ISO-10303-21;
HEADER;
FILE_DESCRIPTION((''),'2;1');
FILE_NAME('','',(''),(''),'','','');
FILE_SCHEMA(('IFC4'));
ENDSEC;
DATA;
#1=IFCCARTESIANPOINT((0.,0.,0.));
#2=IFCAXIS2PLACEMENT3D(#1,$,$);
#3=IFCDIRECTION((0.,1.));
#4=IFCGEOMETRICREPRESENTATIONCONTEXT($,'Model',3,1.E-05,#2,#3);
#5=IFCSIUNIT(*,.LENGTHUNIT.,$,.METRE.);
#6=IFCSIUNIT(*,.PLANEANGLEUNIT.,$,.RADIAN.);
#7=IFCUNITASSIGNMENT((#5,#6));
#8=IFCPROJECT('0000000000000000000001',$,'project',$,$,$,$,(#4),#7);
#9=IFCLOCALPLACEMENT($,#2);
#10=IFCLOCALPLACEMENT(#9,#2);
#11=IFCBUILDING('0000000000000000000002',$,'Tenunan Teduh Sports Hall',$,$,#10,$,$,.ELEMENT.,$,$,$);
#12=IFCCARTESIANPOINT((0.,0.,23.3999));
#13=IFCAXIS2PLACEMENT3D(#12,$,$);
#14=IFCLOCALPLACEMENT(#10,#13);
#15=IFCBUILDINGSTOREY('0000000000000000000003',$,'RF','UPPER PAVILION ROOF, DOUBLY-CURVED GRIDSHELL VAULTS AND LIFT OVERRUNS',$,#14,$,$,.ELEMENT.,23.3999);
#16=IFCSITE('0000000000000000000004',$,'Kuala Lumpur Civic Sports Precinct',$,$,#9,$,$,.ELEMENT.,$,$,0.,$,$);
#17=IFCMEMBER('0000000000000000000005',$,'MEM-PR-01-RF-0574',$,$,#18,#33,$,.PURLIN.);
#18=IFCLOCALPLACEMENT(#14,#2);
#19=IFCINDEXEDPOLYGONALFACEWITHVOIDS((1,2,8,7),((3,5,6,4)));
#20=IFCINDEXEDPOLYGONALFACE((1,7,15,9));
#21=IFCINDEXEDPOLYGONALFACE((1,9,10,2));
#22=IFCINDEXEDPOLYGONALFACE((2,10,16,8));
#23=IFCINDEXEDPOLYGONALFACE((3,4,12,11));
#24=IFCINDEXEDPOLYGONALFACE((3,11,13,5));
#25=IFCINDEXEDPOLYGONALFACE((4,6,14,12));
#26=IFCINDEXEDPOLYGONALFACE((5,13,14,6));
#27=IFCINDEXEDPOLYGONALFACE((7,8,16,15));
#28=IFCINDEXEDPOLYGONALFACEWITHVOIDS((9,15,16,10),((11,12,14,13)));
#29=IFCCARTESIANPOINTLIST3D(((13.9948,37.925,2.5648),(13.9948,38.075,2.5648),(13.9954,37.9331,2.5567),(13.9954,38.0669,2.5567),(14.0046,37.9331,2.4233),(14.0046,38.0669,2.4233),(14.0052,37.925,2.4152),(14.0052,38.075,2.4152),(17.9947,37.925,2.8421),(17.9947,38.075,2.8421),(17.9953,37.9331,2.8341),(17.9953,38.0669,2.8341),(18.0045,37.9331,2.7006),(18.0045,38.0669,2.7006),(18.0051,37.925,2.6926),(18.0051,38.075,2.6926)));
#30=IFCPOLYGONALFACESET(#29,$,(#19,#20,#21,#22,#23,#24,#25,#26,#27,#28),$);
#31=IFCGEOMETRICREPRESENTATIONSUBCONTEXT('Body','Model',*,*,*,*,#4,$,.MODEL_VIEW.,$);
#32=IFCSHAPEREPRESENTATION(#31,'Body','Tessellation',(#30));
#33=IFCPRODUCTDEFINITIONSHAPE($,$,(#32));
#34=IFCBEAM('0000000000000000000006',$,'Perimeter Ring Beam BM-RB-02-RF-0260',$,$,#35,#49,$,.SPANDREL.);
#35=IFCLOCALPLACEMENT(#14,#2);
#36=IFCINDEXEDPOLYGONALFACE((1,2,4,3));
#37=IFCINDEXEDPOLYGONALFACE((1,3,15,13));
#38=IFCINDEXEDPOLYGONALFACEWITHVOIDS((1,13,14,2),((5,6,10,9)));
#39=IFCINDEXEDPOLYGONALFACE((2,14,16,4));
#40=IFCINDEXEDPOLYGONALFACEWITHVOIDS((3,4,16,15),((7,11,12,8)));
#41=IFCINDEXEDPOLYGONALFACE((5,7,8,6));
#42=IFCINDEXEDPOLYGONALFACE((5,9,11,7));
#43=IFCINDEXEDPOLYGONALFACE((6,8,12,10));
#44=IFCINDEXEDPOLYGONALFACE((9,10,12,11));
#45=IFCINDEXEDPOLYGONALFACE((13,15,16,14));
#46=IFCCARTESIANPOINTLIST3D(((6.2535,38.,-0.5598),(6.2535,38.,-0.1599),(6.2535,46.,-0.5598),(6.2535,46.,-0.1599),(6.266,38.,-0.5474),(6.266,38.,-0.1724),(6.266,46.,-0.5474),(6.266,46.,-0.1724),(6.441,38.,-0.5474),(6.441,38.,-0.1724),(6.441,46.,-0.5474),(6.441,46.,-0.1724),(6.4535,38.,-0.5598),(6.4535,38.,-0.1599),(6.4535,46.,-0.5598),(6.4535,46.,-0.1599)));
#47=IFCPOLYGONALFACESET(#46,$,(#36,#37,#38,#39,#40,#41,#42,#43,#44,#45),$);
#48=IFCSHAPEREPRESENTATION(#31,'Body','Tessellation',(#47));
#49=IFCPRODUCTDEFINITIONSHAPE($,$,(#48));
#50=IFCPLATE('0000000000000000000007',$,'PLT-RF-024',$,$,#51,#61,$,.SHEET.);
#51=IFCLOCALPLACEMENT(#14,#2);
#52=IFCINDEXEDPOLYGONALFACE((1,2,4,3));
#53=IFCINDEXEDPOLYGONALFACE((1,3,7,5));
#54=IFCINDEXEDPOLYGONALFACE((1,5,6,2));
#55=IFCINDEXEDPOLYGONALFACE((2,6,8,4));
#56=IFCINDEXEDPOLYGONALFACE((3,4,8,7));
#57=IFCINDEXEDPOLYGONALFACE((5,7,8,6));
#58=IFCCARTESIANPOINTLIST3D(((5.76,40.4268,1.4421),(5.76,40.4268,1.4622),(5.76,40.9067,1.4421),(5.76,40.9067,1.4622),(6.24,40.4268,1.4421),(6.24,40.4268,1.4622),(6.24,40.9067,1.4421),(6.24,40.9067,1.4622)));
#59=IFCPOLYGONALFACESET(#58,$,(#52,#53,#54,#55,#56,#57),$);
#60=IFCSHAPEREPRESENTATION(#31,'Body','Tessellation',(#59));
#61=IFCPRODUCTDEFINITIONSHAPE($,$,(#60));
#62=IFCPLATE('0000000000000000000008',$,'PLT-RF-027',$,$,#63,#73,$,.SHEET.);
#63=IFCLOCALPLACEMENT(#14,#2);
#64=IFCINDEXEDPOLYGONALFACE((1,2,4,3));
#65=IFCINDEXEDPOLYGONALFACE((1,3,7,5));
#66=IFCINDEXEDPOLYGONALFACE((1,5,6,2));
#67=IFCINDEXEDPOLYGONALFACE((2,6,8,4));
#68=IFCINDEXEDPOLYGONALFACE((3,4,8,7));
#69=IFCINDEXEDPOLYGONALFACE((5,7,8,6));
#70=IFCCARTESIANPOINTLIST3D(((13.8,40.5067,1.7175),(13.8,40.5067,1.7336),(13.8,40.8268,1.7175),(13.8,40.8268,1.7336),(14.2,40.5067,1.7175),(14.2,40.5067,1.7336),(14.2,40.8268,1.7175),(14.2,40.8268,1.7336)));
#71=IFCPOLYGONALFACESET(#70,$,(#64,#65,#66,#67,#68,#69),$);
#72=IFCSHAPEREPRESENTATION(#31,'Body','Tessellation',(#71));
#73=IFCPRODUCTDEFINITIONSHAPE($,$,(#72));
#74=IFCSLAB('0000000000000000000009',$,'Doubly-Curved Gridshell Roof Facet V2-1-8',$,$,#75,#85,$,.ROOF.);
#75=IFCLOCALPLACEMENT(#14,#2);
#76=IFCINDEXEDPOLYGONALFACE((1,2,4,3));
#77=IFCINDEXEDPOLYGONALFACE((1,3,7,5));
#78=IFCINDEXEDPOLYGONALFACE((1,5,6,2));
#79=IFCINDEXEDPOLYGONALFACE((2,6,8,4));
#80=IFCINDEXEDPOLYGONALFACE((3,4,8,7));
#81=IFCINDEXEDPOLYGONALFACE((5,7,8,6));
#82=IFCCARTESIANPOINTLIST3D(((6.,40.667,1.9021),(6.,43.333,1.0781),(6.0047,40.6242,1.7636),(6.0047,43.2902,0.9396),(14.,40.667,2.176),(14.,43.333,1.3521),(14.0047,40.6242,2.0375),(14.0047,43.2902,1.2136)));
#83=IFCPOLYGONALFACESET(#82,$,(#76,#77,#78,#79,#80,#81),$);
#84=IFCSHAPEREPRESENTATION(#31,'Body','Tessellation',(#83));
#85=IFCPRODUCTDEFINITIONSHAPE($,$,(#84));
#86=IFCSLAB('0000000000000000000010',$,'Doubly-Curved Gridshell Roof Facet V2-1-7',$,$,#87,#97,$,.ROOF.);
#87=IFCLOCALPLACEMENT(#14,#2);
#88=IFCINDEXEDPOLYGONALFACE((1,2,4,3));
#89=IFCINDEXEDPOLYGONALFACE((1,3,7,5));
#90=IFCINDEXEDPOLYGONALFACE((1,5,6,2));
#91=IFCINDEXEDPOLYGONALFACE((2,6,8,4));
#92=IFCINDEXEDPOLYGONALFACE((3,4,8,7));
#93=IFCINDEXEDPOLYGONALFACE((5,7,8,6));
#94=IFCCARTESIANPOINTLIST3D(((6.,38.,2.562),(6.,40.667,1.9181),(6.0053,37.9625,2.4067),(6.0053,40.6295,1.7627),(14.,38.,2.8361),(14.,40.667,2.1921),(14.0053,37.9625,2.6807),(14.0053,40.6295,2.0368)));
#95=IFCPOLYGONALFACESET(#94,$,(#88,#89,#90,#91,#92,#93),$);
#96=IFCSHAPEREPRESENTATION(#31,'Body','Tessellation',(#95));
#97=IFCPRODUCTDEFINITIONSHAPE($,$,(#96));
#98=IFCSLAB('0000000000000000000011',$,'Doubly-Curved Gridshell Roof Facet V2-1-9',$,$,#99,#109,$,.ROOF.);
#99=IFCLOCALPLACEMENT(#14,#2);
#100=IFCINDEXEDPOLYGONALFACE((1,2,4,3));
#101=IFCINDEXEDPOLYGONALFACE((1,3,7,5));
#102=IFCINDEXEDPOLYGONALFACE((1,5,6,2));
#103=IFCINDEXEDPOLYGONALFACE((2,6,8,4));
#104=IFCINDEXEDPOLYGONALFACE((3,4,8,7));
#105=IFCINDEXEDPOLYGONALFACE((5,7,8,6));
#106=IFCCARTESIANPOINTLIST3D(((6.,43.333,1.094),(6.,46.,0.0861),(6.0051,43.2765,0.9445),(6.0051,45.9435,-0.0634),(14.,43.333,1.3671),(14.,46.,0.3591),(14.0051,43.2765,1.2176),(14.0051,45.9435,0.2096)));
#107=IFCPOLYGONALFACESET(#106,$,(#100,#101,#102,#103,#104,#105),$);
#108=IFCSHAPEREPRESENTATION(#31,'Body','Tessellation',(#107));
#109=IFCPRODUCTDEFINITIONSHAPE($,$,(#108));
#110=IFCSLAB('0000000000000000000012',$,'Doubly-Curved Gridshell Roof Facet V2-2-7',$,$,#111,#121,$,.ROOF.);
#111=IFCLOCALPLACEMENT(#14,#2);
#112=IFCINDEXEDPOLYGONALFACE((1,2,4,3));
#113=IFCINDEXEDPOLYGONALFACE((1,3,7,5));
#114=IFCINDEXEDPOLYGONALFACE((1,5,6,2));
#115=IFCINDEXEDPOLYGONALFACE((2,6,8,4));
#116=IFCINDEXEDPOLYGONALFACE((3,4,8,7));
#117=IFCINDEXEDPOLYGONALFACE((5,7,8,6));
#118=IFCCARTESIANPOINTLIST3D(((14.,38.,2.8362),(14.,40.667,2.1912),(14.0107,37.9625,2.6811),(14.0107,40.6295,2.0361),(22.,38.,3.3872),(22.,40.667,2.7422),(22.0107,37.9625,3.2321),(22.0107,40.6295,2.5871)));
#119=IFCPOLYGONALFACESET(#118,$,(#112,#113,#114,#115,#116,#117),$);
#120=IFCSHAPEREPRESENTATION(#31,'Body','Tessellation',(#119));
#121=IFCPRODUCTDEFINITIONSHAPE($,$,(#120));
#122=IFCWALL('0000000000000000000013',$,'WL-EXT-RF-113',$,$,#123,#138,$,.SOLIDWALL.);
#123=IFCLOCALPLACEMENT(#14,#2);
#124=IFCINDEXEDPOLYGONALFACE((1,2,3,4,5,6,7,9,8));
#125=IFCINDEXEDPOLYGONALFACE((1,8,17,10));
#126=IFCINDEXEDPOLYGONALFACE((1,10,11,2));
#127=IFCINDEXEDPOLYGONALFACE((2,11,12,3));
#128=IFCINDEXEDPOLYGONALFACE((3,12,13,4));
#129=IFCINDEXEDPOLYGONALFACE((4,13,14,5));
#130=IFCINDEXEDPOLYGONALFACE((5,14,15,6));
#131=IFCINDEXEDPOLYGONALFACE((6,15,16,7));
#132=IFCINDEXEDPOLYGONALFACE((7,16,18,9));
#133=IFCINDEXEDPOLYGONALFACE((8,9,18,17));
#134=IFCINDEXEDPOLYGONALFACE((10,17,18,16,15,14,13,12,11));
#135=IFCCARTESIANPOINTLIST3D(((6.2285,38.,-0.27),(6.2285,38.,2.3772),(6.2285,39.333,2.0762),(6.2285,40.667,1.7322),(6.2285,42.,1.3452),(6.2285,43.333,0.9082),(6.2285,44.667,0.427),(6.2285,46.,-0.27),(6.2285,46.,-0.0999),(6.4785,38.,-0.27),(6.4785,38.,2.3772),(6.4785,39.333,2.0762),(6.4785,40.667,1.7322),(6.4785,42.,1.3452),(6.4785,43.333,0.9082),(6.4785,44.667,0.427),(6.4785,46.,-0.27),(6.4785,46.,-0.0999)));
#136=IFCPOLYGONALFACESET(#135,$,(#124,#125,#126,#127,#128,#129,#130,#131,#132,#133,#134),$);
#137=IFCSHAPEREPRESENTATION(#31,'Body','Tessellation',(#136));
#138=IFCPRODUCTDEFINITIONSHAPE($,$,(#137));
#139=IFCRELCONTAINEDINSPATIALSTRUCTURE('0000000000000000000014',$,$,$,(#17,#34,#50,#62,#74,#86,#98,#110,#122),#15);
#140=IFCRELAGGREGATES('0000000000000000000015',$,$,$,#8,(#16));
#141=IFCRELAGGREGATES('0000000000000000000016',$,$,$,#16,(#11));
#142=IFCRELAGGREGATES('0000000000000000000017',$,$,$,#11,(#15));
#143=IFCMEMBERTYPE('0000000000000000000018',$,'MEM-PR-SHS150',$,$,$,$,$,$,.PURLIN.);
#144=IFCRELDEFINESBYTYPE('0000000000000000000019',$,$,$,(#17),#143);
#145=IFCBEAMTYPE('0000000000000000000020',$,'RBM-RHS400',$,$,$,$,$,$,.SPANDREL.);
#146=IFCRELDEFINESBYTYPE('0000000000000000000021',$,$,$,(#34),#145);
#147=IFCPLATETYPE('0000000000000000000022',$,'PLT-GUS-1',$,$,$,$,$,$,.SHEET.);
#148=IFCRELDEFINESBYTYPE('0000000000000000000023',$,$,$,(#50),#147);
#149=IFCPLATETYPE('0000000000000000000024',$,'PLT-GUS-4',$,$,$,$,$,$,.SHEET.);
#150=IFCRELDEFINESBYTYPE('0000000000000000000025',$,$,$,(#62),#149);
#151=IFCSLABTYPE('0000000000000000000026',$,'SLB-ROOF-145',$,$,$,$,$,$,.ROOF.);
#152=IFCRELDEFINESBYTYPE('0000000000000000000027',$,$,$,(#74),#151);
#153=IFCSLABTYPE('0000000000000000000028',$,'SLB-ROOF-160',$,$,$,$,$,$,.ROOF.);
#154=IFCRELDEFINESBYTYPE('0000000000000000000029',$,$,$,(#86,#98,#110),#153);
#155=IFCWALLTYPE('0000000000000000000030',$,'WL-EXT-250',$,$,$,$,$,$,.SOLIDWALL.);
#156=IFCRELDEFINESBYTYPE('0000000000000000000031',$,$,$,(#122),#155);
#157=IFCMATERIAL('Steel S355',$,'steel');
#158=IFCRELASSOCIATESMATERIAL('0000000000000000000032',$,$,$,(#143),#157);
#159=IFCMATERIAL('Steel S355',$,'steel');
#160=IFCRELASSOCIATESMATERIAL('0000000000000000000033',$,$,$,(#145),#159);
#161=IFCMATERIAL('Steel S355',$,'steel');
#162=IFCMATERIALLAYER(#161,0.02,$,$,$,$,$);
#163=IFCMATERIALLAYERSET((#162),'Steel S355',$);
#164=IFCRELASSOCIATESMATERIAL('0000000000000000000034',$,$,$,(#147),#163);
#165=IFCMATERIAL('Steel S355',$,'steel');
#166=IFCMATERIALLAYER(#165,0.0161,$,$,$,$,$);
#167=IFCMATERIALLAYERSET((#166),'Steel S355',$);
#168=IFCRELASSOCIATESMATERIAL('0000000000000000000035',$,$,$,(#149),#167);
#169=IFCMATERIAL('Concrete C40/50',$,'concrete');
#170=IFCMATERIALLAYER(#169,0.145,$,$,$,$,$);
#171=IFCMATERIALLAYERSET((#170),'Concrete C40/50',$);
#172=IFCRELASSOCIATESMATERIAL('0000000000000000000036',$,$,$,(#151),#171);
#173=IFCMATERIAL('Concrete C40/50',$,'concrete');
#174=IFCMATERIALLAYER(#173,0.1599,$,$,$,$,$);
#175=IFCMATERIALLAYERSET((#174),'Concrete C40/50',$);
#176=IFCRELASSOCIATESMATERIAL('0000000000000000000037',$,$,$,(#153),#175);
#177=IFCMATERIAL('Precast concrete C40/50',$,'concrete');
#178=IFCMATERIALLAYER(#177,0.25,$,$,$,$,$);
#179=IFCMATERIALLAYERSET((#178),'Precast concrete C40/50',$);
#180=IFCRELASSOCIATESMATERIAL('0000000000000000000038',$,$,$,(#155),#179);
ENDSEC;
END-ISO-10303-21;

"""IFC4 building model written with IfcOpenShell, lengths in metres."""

from ifc_helpers import new_model, si_unit, direction, frame, origin, origin_2d, place, context, subcontext, project, spatial, polyline, rectangle, hollow_rectangle, outline, extrude, material, layer, layer_set, material_profile, profile_set, type_object, element, save


model = new_model("IFC4")

# Units and contexts
model_context = context("Model", 3, precision=1e-05, world=origin(), true_north=direction((0.0, 1.0)))
body_context = subcontext(model_context, "Body", "Model", "MODEL_VIEW")
ifc_project = project(units=[si_unit("LENGTHUNIT", "METRE"), si_unit("PLANEANGLEUNIT", "RADIAN")], contexts=[model_context])

# Site, building, storey
site_placement = place(None, origin())
site = spatial("IfcSite", under=ifc_project, at=site_placement, Name="Kuala Lumpur Civic Sports Precinct", CompositionType="ELEMENT", RefElevation=0.0)
building_placement = place(site_placement, origin())
building = spatial("IfcBuilding", under=site, at=building_placement, Name="Tenunan Teduh Sports Hall", CompositionType="ELEMENT")
storey_placement = place(building_placement, frame((0.0, 0.0, 23.3999)))
storey = spatial("IfcBuildingStorey", under=building, at=storey_placement, Name="RF", Description="UPPER PAVILION ROOF, DOUBLY-CURVED GRIDSHELL VAULTS AND LIFT OVERRUNS", CompositionType="ELEMENT", Elevation=23.3999)

# Member
ifc_material_1 = material(Name="Steel S355", Category="steel")
ifc_material_profile_1 = material_profile(ifc_material_1, hollow_rectangle(XDim=0.1499, YDim=0.1499, WallThickness=0.0081, at=origin_2d()), Name="SHS 150x150x8.0")
ifc_profile_set_1 = profile_set([ifc_material_profile_1], Name="Steel S355")
member_type_1 = type_object("IfcMemberType", Name="MEM-PR-SHS150", PredefinedType="PURLIN", material=ifc_profile_set_1)
member_1_placement = place(storey_placement, frame((14.0, 38.0, 2.49), z_axis=(0.997605, 0.0, 0.06917), x_axis=(0.0, 1.0, 0.0)))
element("IfcMember", 1, at=member_1_placement, inside=storey, type_object=member_type_1, Name="MEM-PR-01-RF-0574", PredefinedType="PURLIN", context=body_context, shape_type="SweptSolid", body=[
    extrude(hollow_rectangle(XDim=0.1499, YDim=0.1499, WallThickness=0.0081, at=origin_2d()), origin(), (0.0, 0.0, 1.0), 4.0095),
])

# Beam
ifc_material_2 = material(Name="Steel S355", Category="steel")
ifc_material_profile_2 = material_profile(ifc_material_2, hollow_rectangle(XDim=0.2, YDim=0.3999, WallThickness=0.0125, at=origin_2d()), Name="RHS 400x200x12.5")
ifc_profile_set_2 = profile_set([ifc_material_profile_2], Name="Steel S355")
beam_type_1 = type_object("IfcBeamType", Name="RBM-RHS400", PredefinedType="SPANDREL", material=ifc_profile_set_2)
beam_1_placement = place(storey_placement, frame((6.3535, 38.0, -0.3599), z_axis=(0.0, 1.0, 0.0), x_axis=(-1.0, 0.0, 0.0)))
element("IfcBeam", 2, at=beam_1_placement, inside=storey, type_object=beam_type_1, Name="Perimeter Ring Beam BM-RB-02-RF-0260", PredefinedType="SPANDREL", context=body_context, shape_type="SweptSolid", body=[
    extrude(hollow_rectangle(XDim=0.2, YDim=0.3999, WallThickness=0.0125, at=origin_2d()), origin(), (0.0, 0.0, 1.0), 8.0),
])

# Plates
ifc_material_3 = material(Name="Steel S355", Category="steel")
ifc_layer_1 = layer(ifc_material_3, 0.02)
ifc_layer_set_1 = layer_set([ifc_layer_1], Name="Steel S355")
plate_type_1 = type_object("IfcPlateType", Name="PLT-GUS-1", PredefinedType="SHEET", material=ifc_layer_set_1)
plate_1_placement = place(storey_placement, frame((6.0, 40.6667, 1.4421), z_axis=(0.0, 0.0, 1.0), x_axis=(1.0, 0.0, 0.0)))
element("IfcPlate", 3, at=plate_1_placement, inside=storey, type_object=plate_type_1, Name="PLT-RF-024", PredefinedType="SHEET", context=body_context, shape_type="SweptSolid", body=[
    extrude(rectangle(XDim=0.48, YDim=0.48, at=origin_2d()), origin(), (0.0, 0.0, 1.0), 0.02),
])
ifc_material_4 = material(Name="Steel S355", Category="steel")
ifc_layer_2 = layer(ifc_material_4, 0.0161)
ifc_layer_set_2 = layer_set([ifc_layer_2], Name="Steel S355")
plate_type_2 = type_object("IfcPlateType", Name="PLT-GUS-4", PredefinedType="SHEET", material=ifc_layer_set_2)
plate_2_placement = place(storey_placement, frame((14.0, 40.6667, 1.7175), z_axis=(0.0, 0.0, 1.0), x_axis=(1.0, 0.0, 0.0)))
element("IfcPlate", 4, at=plate_2_placement, inside=storey, type_object=plate_type_2, Name="PLT-RF-027", PredefinedType="SHEET", context=body_context, shape_type="SweptSolid", body=[
    extrude(rectangle(XDim=0.3999, YDim=0.3201, at=origin_2d()), origin(), (0.0, 0.0, 1.0), 0.0161),
])

# Slabs
ifc_material_5 = material(Name="Concrete C40/50", Category="concrete")
ifc_layer_3 = layer(ifc_material_5, 0.145)
ifc_layer_set_3 = layer_set([ifc_layer_3], Name="Concrete C40/50")
slab_type_1 = type_object("IfcSlabType", Name="SLB-ROOF-145", PredefinedType="ROOF", material=ifc_layer_set_3)
slab_1_placement = place(storey_placement, frame((6.0, 40.667, 1.9021), z_axis=(-0.032696, 0.295127, 0.954899), x_axis=(0.999414, 0.0, 0.034221)))
element("IfcSlab", 5, at=slab_1_placement, inside=storey, type_object=slab_type_1, Name="Doubly-Curved Gridshell Roof Facet V2-1-8", PredefinedType="ROOF", context=body_context, shape_type="SweptSolid", body=[
    extrude(outline(polyline([(0.0, 0.0), (8.0047, 0.0), (7.9765, 2.7903), (-0.0282, 2.7903), (0.0, 0.0)])), origin(), (0.0, 0.0, -1.0), 0.145),
])
ifc_material_6 = material(Name="Concrete C40/50", Category="concrete")
ifc_layer_4 = layer(ifc_material_6, 0.1599)
ifc_layer_set_4 = layer_set([ifc_layer_4], Name="Concrete C40/50")
slab_type_2 = type_object("IfcSlabType", Name="SLB-ROOF-160", PredefinedType="ROOF", material=ifc_layer_set_4)
slab_2_placement = place(storey_placement, frame((6.0, 38.0, 2.562), z_axis=(-0.033281, 0.234567, 0.97153), x_axis=(0.999414, -0.000003, 0.034237)))
element("IfcSlab", 6, at=slab_2_placement, inside=storey, type_object=slab_type_2, Name="Doubly-Curved Gridshell Roof Facet V2-1-7", PredefinedType="ROOF", context=body_context, shape_type="SweptSolid", body=[
    extrude(outline(polyline([(0.0, 0.0), (8.0047, 0.0), (7.9826, 2.7436), (-0.0221, 2.7435), (0.0, 0.0)])), origin(), (0.0, 0.0, -1.0), 0.1599),
])
slab_3_placement = place(storey_placement, frame((6.0, 43.333, 1.094), z_axis=(-0.031913, 0.353345, 0.934949), x_axis=(0.999418, -0.000005, 0.034116)))
element("IfcSlab", 7, at=slab_3_placement, inside=storey, type_object=slab_type_2, Name="Doubly-Curved Gridshell Roof Facet V2-1-9", PredefinedType="ROOF", context=body_context, shape_type="SweptSolid", body=[
    extrude(outline(polyline([(0.0, 0.0), (8.0047, 0.0), (7.9703, 2.8509), (-0.0344, 2.8509), (0.0, 0.0)])), origin(), (0.0, 0.0, -1.0), 0.1599),
])
slab_4_placement = place(storey_placement, frame((14.0, 38.0, 2.8362), z_axis=(-0.066798, 0.23455, 0.969806), x_axis=(0.997636, 0.0, 0.068715)))
element("IfcSlab", 8, at=slab_4_placement, inside=storey, type_object=slab_type_2, Name="Doubly-Curved Gridshell Roof Facet V2-2-7", PredefinedType="ROOF", context=body_context, shape_type="SweptSolid", body=[
    extrude(outline(polyline([(0.0, 0.0), (8.019, 0.0), (7.9746, 2.7435), (-0.0443, 2.7435), (0.0, 0.0)])), origin(), (0.0, 0.0, -1.0), 0.1599),
])

# Wall
ifc_material_7 = material(Name="Precast concrete C40/50", Category="concrete")
ifc_layer_5 = layer(ifc_material_7, 0.25)
ifc_layer_set_5 = layer_set([ifc_layer_5], Name="Precast concrete C40/50")
wall_type = type_object("IfcWallType", Name="WL-EXT-250", PredefinedType="SOLIDWALL", material=ifc_layer_set_5)
wall_placement = place(storey_placement, frame((6.3535, 38.0, -0.27), z_axis=(0.0, 0.0, 1.0), x_axis=(0.0, 1.0, 0.0)))
element("IfcWall", 9, at=wall_placement, inside=storey, type_object=wall_type, Name="WL-EXT-RF-113", PredefinedType="SOLIDWALL", context=body_context, shape_type="SweptSolid", body=[
    extrude(outline(polyline([(0.0, 0.0), (8.0, 0.0), (8.0, 0.1702), (6.667, 0.697), (5.333, 1.1782), (4.0, 1.6152), (2.667, 2.0022), (1.333, 2.3462), (0.0, 2.6472), (0.0, 0.0)])), frame((0.0, 0.125, 0.0), z_axis=(0.0, -1.0, 0.0), x_axis=(1.0, 0.0, 0.0)), (0.0, 0.0, 1.0), 0.25),
])

save(model, "model.ifc")
